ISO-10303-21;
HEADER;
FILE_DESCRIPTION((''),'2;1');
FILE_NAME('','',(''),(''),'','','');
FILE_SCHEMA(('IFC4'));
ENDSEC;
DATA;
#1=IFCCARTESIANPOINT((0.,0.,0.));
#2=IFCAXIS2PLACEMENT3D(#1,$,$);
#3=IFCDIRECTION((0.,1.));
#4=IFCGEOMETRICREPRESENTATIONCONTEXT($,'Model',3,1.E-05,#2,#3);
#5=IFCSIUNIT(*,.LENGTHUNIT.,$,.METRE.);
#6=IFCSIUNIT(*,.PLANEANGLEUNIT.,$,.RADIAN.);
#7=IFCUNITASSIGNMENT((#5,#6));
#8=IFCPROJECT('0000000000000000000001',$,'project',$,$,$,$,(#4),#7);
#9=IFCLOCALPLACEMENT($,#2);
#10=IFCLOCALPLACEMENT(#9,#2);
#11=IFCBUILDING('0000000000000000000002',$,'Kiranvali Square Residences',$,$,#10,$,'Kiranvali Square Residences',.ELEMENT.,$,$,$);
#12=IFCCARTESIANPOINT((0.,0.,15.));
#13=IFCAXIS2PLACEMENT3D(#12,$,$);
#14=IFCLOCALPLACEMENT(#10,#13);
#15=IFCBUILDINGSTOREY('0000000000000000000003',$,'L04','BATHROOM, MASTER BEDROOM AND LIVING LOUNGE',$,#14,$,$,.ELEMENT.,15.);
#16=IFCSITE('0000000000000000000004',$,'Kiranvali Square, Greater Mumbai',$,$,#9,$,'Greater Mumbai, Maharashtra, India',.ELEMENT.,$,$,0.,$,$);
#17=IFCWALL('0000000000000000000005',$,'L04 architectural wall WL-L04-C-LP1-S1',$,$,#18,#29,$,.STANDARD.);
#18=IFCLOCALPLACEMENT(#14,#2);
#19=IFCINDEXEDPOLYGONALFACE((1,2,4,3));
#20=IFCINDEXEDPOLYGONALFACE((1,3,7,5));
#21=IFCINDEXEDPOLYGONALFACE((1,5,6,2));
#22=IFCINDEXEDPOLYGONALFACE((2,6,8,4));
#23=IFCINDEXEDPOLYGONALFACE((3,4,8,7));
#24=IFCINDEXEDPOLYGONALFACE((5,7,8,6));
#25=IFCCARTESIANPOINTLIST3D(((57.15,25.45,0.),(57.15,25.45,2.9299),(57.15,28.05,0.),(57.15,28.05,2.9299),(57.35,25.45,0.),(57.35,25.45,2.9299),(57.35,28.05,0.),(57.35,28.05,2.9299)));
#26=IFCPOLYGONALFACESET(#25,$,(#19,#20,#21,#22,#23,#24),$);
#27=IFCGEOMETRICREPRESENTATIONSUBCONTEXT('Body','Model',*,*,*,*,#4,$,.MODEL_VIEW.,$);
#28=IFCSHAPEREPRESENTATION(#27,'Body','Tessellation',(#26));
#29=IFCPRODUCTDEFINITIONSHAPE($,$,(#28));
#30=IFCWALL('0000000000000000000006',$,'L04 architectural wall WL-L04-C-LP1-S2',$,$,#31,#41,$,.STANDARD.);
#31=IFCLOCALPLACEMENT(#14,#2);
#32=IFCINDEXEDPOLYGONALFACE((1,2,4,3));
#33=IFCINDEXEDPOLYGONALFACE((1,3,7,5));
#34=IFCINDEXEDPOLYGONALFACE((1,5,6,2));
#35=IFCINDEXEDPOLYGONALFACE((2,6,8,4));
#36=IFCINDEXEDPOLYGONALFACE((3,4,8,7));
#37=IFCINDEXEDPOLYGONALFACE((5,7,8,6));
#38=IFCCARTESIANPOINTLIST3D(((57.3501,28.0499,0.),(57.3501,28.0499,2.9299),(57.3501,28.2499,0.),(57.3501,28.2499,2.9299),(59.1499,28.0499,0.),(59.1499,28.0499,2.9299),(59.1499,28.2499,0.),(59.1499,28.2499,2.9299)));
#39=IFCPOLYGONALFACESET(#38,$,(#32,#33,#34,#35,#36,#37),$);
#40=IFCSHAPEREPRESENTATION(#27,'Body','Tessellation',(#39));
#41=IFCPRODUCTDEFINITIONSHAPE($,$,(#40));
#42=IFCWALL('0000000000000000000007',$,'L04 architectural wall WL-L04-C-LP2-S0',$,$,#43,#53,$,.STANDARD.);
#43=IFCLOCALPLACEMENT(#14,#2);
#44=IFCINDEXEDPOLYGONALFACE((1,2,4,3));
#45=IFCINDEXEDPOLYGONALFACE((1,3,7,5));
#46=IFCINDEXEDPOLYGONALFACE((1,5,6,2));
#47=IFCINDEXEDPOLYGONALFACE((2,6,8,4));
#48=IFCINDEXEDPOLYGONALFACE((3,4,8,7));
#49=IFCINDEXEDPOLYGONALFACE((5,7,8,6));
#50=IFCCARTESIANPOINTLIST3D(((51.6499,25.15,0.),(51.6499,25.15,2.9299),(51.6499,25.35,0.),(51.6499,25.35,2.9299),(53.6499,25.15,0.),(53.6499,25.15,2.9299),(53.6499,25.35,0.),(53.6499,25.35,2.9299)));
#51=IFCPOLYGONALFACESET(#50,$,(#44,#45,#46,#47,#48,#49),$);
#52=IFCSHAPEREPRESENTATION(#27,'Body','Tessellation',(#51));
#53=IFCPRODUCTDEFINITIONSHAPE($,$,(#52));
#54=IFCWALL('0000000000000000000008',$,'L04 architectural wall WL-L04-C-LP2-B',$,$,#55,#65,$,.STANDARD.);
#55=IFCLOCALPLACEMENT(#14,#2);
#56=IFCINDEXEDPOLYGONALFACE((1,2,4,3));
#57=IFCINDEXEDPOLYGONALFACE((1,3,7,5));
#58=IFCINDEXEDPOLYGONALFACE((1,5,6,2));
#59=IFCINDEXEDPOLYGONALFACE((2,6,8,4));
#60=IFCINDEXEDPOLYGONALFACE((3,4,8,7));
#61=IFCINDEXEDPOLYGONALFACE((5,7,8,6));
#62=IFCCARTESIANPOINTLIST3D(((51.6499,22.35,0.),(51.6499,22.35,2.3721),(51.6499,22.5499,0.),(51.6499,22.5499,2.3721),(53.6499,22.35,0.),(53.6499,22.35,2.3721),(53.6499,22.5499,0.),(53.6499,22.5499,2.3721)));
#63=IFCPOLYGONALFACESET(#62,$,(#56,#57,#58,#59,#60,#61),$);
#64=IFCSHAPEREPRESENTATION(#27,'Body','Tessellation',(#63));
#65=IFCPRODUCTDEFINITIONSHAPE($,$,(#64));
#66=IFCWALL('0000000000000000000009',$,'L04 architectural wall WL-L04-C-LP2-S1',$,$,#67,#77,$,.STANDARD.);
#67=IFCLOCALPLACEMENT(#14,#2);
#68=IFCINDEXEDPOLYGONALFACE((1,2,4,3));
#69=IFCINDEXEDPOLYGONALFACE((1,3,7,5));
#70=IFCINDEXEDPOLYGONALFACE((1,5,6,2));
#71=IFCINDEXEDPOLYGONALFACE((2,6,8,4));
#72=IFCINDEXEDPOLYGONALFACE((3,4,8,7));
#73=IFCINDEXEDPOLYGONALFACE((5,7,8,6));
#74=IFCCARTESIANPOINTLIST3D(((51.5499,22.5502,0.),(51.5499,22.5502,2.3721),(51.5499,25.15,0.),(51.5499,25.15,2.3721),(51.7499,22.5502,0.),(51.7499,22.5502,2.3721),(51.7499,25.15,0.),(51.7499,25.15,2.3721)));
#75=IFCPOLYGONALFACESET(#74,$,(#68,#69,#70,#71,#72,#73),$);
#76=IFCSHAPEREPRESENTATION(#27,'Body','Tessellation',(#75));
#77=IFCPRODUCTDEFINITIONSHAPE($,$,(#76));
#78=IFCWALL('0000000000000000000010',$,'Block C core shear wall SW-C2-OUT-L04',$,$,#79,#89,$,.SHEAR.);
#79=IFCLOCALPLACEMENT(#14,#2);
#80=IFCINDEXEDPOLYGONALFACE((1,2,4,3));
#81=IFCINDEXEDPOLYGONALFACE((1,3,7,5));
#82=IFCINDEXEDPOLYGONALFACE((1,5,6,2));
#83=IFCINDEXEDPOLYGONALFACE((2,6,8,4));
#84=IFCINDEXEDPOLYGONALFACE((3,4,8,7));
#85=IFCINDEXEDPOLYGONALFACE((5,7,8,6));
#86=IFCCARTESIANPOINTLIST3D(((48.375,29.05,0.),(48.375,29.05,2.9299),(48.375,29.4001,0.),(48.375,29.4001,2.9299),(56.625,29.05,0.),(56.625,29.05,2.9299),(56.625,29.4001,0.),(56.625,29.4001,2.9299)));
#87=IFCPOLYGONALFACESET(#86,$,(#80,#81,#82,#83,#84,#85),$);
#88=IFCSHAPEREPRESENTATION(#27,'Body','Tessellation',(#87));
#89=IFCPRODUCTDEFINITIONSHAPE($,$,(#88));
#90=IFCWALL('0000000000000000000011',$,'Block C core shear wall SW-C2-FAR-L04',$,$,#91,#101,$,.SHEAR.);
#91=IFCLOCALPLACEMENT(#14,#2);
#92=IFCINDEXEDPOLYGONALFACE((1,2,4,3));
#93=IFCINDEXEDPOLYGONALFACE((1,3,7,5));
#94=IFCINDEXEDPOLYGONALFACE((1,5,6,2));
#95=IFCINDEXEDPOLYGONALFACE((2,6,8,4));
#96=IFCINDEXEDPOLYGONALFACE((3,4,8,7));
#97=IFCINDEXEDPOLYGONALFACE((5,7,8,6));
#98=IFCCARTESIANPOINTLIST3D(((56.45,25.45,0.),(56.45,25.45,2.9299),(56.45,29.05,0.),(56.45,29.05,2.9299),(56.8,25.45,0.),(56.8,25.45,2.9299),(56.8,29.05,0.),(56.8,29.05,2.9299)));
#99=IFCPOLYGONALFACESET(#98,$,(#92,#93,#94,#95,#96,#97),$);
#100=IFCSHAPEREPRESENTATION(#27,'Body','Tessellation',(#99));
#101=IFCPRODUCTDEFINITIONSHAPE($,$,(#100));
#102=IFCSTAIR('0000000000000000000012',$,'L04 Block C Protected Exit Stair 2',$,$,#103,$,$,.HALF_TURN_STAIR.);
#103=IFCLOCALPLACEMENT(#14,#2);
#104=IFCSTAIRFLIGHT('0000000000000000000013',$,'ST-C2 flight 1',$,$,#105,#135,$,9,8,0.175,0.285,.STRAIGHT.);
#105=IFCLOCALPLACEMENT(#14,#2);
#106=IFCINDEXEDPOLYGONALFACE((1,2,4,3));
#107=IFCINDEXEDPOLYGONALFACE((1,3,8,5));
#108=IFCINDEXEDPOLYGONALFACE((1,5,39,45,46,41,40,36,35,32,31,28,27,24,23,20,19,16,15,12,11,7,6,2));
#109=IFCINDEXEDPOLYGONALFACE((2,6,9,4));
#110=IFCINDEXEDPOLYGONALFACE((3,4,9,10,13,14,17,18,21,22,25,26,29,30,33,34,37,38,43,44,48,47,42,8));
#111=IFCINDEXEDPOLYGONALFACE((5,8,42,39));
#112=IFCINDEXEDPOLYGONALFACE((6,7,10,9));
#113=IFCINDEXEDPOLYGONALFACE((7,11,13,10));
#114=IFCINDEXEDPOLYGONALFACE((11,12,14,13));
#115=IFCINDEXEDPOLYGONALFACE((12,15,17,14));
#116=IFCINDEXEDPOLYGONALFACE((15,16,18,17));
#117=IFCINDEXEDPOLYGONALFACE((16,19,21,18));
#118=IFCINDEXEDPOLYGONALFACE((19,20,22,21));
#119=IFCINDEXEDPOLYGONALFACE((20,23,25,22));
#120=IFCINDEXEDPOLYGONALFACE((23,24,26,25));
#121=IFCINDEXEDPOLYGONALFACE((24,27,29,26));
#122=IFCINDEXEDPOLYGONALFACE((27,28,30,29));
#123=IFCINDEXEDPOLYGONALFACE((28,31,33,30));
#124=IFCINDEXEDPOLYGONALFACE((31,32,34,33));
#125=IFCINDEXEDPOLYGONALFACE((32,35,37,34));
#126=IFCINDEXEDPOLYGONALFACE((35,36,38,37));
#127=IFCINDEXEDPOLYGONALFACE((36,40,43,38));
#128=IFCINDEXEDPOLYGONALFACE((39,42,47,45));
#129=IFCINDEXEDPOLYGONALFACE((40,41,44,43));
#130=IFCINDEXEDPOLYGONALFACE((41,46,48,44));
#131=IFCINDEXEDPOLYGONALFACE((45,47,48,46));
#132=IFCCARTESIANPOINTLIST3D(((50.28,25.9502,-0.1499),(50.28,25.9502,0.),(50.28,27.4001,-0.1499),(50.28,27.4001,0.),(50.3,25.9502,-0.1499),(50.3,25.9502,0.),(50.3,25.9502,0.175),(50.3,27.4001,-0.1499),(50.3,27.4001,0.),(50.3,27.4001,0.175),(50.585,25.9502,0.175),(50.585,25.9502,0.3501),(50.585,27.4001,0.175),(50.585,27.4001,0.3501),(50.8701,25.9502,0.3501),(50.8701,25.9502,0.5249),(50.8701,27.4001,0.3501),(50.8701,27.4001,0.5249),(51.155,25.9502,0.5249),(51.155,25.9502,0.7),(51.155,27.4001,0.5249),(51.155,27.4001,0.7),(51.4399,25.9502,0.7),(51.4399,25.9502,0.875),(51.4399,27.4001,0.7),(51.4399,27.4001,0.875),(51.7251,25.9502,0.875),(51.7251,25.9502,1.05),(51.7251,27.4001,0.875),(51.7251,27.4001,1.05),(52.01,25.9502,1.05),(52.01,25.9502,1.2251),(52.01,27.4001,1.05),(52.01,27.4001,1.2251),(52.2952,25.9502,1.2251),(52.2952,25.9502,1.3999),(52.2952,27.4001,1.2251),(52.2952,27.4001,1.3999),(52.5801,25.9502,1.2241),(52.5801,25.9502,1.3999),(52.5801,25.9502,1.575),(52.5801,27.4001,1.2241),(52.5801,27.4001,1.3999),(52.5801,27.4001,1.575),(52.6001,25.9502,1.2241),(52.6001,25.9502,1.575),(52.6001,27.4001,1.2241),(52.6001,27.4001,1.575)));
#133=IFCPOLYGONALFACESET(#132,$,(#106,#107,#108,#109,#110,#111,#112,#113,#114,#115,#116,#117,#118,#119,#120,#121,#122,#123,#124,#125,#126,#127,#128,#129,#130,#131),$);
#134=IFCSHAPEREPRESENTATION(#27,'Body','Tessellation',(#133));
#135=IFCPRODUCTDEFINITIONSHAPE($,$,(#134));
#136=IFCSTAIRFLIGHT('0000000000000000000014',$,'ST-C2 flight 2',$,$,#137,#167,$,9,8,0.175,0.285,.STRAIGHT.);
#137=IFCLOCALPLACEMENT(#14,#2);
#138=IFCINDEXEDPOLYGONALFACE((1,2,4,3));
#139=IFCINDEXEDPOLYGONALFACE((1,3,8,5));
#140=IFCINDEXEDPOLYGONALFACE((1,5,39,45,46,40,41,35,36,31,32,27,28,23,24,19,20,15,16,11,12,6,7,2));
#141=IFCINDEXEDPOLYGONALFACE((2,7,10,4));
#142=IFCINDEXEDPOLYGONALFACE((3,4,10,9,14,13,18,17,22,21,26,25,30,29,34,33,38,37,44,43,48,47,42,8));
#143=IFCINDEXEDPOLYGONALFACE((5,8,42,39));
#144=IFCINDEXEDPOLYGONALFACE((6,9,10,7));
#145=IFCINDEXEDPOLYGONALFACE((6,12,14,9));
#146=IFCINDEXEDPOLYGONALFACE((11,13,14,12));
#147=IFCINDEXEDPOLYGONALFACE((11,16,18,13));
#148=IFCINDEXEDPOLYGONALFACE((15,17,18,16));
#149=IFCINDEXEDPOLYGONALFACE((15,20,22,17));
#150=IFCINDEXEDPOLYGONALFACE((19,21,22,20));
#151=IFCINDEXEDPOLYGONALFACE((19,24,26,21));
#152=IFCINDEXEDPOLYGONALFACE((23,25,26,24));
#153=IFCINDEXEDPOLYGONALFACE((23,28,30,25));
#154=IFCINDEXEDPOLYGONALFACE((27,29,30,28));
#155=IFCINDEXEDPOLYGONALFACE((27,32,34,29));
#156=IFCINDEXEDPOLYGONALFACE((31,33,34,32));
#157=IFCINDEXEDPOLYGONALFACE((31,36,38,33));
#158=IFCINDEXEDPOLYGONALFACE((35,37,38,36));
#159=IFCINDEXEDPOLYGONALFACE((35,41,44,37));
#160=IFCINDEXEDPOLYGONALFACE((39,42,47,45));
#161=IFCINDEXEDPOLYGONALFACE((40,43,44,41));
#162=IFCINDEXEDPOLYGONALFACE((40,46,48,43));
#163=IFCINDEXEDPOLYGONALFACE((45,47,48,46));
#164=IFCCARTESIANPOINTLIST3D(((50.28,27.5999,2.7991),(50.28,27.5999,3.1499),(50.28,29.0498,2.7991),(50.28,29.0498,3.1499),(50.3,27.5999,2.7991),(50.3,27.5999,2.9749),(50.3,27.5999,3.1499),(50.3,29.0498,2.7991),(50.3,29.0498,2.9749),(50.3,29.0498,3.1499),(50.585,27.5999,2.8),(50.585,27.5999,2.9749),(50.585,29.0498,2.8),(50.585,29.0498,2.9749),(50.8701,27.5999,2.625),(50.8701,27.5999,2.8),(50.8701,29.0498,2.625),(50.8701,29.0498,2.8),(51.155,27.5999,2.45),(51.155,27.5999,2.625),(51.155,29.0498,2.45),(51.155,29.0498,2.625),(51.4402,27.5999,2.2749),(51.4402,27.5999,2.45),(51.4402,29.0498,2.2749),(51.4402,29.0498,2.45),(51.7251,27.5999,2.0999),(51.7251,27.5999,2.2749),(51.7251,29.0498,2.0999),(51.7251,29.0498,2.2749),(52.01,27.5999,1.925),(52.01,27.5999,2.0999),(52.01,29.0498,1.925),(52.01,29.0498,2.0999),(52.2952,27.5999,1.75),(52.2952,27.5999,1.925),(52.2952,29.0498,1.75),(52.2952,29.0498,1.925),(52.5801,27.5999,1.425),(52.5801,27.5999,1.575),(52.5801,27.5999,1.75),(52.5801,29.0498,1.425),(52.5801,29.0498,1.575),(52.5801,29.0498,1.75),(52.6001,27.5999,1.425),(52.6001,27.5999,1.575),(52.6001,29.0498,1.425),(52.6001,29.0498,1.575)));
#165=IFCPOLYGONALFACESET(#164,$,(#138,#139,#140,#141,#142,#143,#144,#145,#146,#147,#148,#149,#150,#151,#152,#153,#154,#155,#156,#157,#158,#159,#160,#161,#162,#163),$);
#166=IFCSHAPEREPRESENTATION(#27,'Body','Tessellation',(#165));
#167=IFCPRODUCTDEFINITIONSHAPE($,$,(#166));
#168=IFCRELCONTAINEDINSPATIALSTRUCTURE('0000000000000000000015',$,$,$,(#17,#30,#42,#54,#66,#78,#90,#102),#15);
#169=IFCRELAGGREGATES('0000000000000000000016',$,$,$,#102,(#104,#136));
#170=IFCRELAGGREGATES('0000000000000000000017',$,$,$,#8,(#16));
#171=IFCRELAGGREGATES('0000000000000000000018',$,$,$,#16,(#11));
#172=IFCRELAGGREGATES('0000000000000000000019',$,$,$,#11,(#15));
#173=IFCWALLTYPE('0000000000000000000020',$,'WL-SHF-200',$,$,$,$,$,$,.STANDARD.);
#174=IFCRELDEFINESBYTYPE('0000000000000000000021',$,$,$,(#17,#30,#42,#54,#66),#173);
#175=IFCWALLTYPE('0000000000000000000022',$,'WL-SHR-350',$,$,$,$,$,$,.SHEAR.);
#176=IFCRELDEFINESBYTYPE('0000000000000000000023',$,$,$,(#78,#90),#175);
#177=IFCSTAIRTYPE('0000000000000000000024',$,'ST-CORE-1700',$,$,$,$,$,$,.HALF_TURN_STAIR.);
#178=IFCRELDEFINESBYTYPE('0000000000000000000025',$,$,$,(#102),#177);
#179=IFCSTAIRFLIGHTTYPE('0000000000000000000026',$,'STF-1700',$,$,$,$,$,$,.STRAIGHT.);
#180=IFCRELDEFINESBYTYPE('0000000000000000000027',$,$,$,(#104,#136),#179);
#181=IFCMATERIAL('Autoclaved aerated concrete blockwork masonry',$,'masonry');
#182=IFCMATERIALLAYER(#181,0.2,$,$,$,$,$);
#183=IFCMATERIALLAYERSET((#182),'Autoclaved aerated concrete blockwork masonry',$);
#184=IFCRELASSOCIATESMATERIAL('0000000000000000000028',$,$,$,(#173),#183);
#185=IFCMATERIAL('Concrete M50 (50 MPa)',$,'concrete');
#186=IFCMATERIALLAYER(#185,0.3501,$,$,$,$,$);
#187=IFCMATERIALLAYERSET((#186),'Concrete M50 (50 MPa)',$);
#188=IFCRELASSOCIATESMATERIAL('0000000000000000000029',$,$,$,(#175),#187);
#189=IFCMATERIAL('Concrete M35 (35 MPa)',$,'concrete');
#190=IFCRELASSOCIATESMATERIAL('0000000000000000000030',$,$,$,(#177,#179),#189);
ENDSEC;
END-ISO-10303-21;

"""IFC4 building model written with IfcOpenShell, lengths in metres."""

from ifc_helpers import new_model, si_unit, direction, frame, frame_2d, origin, place, context, subcontext, project, spatial, polyline, rectangle, outline, extrude, material, layer, layer_set, type_object, element, aggregate, save


model = new_model("IFC4")

# Units and contexts
model_context = context("Model", 3, precision=1e-05, world=origin(), true_north=direction((0.0, 1.0)))
body_context = subcontext(model_context, "Body", "Model", "MODEL_VIEW")
ifc_project = project(units=[si_unit("LENGTHUNIT", "METRE"), si_unit("PLANEANGLEUNIT", "RADIAN")], contexts=[model_context])

# Site, building, storey
site_placement = place(None, origin())
site = spatial("IfcSite", under=ifc_project, at=site_placement, Name="Kiranvali Square, Greater Mumbai", LongName="Greater Mumbai, Maharashtra, India", CompositionType="ELEMENT", RefElevation=0.0)
building_placement = place(site_placement, origin())
building = spatial("IfcBuilding", under=site, at=building_placement, Name="Kiranvali Square Residences", LongName="Kiranvali Square Residences", CompositionType="ELEMENT")
storey_placement = place(building_placement, frame((0.0, 0.0, 15.0)))
storey = spatial("IfcBuildingStorey", under=building, at=storey_placement, Name="L04", Description="BATHROOM, MASTER BEDROOM AND LIVING LOUNGE", CompositionType="ELEMENT", Elevation=15.0)

# Shared definitions
ifc_material_1 = material(Name="Autoclaved aerated concrete blockwork masonry", Category="masonry")

# Walls
ifc_layer_1 = layer(ifc_material_1, 0.2)
ifc_layer_set_1 = layer_set([ifc_layer_1], Name="Autoclaved aerated concrete blockwork masonry")
wall_type_1 = type_object("IfcWallType", Name="WL-SHF-200", PredefinedType="STANDARD", material=ifc_layer_set_1)
wall_1_placement = place(storey_placement, frame((57.25, 28.05, 0.0), z_axis=(0.0, 0.0, 1.0), x_axis=(0.0, -1.0, 0.0)))
element("IfcWall", 1, at=wall_1_placement, inside=storey, type_object=wall_type_1, Name="L04 architectural wall WL-L04-C-LP1-S1", PredefinedType="STANDARD", context=body_context, shape_type="SweptSolid", body=[
    extrude(rectangle(XDim=2.6001, YDim=0.2, at=frame_2d((1.3, 0.0))), origin(), (0.0, 0.0, 1.0), 2.9299),
])
wall_2_placement = place(storey_placement, frame((57.3501, 28.1499, 0.0), z_axis=(0.0, 0.0, 1.0), x_axis=(1.0, 0.0, 0.0)))
element("IfcWall", 2, at=wall_2_placement, inside=storey, type_object=wall_type_1, Name="L04 architectural wall WL-L04-C-LP1-S2", PredefinedType="STANDARD", context=body_context, shape_type="SweptSolid", body=[
    extrude(rectangle(XDim=1.7998, YDim=0.2, at=frame_2d((0.8999, 0.0))), origin(), (0.0, 0.0, 1.0), 2.9299),
])

# Walls
wall_3_placement = place(storey_placement, frame((51.6499, 25.25, 0.0), z_axis=(0.0, 0.0, 1.0), x_axis=(1.0, 0.0, 0.0)))
element("IfcWall", 3, at=wall_3_placement, inside=storey, type_object=wall_type_1, Name="L04 architectural wall WL-L04-C-LP2-S0", PredefinedType="STANDARD", context=body_context, shape_type="SweptSolid", body=[
    extrude(rectangle(XDim=2.0, YDim=0.2, at=frame_2d((1.0, 0.0))), origin(), (0.0, 0.0, 1.0), 2.9299),
])
wall_4_placement = place(storey_placement, frame((51.6499, 22.45, 0.0), z_axis=(0.0, 0.0, 1.0), x_axis=(1.0, 0.0, 0.0)))
element("IfcWall", 4, at=wall_4_placement, inside=storey, type_object=wall_type_1, Name="L04 architectural wall WL-L04-C-LP2-B", PredefinedType="STANDARD", context=body_context, shape_type="SweptSolid", body=[
    extrude(rectangle(XDim=2.0, YDim=0.2, at=frame_2d((1.0, 0.0))), origin(), (0.0, 0.0, 1.0), 2.3721),
])
wall_5_placement = place(storey_placement, frame((51.6499, 25.1499, 0.0), z_axis=(0.0, 0.0, 1.0), x_axis=(0.0, -1.0, 0.0)))
element("IfcWall", 5, at=wall_5_placement, inside=storey, type_object=wall_type_1, Name="L04 architectural wall WL-L04-C-LP2-S1", PredefinedType="STANDARD", context=body_context, shape_type="SweptSolid", body=[
    extrude(rectangle(XDim=2.5999, YDim=0.2, at=frame_2d((1.2998, 0.0))), origin(), (0.0, 0.0, 1.0), 2.3721),
])

# Wall
ifc_material_2 = material(Name="Concrete M50 (50 MPa)", Category="concrete")
ifc_layer_2 = layer(ifc_material_2, 0.3501)
ifc_layer_set_2 = layer_set([ifc_layer_2], Name="Concrete M50 (50 MPa)")
wall_type_2 = type_object("IfcWallType", Name="WL-SHR-350", PredefinedType="SHEAR", material=ifc_layer_set_2)
wall_6_placement = place(storey_placement, frame((48.375, 29.2251, 0.0), z_axis=(0.0, 0.0, 1.0), x_axis=(1.0, 0.0, 0.0)))
element("IfcWall", 6, at=wall_6_placement, inside=storey, type_object=wall_type_2, Name="Block C core shear wall SW-C2-OUT-L04", PredefinedType="SHEAR", context=body_context, shape_type="SweptSolid", body=[
    extrude(rectangle(XDim=8.25, YDim=0.3501, at=frame_2d((4.125, 0.0))), origin(), (0.0, 0.0, 1.0), 2.9299),
])

# Wall
wall_7_placement = place(storey_placement, frame((56.625, 29.05, 0.0), z_axis=(0.0, 0.0, 1.0), x_axis=(0.0, -1.0, 0.0)))
element("IfcWall", 7, at=wall_7_placement, inside=storey, type_object=wall_type_2, Name="Block C core shear wall SW-C2-FAR-L04", PredefinedType="SHEAR", context=body_context, shape_type="SweptSolid", body=[
    extrude(rectangle(XDim=3.6001, YDim=0.3501, at=frame_2d((1.8, 0.0))), origin(), (0.0, 0.0, 1.0), 2.9299),
])

# Stair, stair flights
ifc_material_3 = material(Name="Concrete M35 (35 MPa)", Category="concrete")
stair_type = type_object("IfcStairType", Name="ST-CORE-1700", PredefinedType="HALF_TURN_STAIR", material=ifc_material_3)
stair_placement = place(storey_placement, origin())
stair = element("IfcStair", 8, at=stair_placement, inside=storey, type_object=stair_type, Name="L04 Block C Protected Exit Stair 2", PredefinedType="HALF_TURN_STAIR")
stair_flight_type = type_object("IfcStairFlightType", Name="STF-1700", PredefinedType="STRAIGHT", material=ifc_material_3)
stair_flight_1_placement = place(storey_placement, frame((50.3, 26.675, 0.0), z_axis=(0.0, 0.0, 1.0), x_axis=(1.0, 0.0, 0.0)))
stair_flight_1 = element("IfcStairFlight", 9, at=stair_flight_1_placement, type_object=stair_flight_type, Name="ST-C2 flight 1", NumberOfRisers=9, NumberOfTreads=8, PredefinedType="STRAIGHT", RiserHeight=0.175, TreadLength=0.285, context=body_context, shape_type="SweptSolid", body=[
    extrude(outline(polyline([(-0.02, -0.1499), (-0.02, 0.0), (0.0, 0.0), (0.0, 0.175), (0.2849, 0.175), (0.2849, 0.3501), (0.5701, 0.3501), (0.5701, 0.5249), (0.855, 0.5249), (0.855, 0.7), (1.1399, 0.7), (1.1399, 0.875), (1.425, 0.875), (1.425, 1.05), (1.71, 1.05), (1.71, 1.2251), (1.9951, 1.2251), (1.9951, 1.3999), (2.28, 1.3999), (2.28, 1.575), (2.3, 1.575), (2.3, 1.2241), (2.28, 1.2241), (0.0, -0.1499), (-0.02, -0.1499)])), frame((0.0, 0.7251, 0.0), z_axis=(0.0, -1.0, 0.0), x_axis=(1.0, 0.0, 0.0)), (0.0, 0.0, 1.0), 1.45),
])
stair_flight_2_placement = place(storey_placement, frame((52.5801, 28.325, 1.575), z_axis=(0.0, 0.0, 1.0), x_axis=(-1.0, 0.0, 0.0)))
stair_flight_2 = element("IfcStairFlight", 10, at=stair_flight_2_placement, type_object=stair_flight_type, Name="ST-C2 flight 2", NumberOfRisers=9, NumberOfTreads=8, PredefinedType="STRAIGHT", RiserHeight=0.175, TreadLength=0.285, context=body_context, shape_type="SweptSolid", body=[
    extrude(outline(polyline([(-0.02, -0.1499), (-0.02, 0.0), (0.0, 0.0), (0.0, 0.175), (0.2849, 0.175), (0.2849, 0.3501), (0.5701, 0.3501), (0.5701, 0.5249), (0.855, 0.5249), (0.855, 0.7), (1.1399, 0.7), (1.1399, 0.875), (1.425, 0.875), (1.425, 1.05), (1.71, 1.05), (1.71, 1.2251), (1.9951, 1.2251), (1.9951, 1.3999), (2.28, 1.3999), (2.28, 1.575), (2.3, 1.575), (2.3, 1.2241), (2.28, 1.2241), (0.0, -0.1499), (-0.02, -0.1499)])), frame((0.0, 0.7251, 0.0), z_axis=(0.0, -1.0, 0.0), x_axis=(1.0, 0.0, 0.0)), (0.0, 0.0, 1.0), 1.45),
])
aggregate(stair, [stair_flight_1, stair_flight_2])

save(model, "model.ifc")
